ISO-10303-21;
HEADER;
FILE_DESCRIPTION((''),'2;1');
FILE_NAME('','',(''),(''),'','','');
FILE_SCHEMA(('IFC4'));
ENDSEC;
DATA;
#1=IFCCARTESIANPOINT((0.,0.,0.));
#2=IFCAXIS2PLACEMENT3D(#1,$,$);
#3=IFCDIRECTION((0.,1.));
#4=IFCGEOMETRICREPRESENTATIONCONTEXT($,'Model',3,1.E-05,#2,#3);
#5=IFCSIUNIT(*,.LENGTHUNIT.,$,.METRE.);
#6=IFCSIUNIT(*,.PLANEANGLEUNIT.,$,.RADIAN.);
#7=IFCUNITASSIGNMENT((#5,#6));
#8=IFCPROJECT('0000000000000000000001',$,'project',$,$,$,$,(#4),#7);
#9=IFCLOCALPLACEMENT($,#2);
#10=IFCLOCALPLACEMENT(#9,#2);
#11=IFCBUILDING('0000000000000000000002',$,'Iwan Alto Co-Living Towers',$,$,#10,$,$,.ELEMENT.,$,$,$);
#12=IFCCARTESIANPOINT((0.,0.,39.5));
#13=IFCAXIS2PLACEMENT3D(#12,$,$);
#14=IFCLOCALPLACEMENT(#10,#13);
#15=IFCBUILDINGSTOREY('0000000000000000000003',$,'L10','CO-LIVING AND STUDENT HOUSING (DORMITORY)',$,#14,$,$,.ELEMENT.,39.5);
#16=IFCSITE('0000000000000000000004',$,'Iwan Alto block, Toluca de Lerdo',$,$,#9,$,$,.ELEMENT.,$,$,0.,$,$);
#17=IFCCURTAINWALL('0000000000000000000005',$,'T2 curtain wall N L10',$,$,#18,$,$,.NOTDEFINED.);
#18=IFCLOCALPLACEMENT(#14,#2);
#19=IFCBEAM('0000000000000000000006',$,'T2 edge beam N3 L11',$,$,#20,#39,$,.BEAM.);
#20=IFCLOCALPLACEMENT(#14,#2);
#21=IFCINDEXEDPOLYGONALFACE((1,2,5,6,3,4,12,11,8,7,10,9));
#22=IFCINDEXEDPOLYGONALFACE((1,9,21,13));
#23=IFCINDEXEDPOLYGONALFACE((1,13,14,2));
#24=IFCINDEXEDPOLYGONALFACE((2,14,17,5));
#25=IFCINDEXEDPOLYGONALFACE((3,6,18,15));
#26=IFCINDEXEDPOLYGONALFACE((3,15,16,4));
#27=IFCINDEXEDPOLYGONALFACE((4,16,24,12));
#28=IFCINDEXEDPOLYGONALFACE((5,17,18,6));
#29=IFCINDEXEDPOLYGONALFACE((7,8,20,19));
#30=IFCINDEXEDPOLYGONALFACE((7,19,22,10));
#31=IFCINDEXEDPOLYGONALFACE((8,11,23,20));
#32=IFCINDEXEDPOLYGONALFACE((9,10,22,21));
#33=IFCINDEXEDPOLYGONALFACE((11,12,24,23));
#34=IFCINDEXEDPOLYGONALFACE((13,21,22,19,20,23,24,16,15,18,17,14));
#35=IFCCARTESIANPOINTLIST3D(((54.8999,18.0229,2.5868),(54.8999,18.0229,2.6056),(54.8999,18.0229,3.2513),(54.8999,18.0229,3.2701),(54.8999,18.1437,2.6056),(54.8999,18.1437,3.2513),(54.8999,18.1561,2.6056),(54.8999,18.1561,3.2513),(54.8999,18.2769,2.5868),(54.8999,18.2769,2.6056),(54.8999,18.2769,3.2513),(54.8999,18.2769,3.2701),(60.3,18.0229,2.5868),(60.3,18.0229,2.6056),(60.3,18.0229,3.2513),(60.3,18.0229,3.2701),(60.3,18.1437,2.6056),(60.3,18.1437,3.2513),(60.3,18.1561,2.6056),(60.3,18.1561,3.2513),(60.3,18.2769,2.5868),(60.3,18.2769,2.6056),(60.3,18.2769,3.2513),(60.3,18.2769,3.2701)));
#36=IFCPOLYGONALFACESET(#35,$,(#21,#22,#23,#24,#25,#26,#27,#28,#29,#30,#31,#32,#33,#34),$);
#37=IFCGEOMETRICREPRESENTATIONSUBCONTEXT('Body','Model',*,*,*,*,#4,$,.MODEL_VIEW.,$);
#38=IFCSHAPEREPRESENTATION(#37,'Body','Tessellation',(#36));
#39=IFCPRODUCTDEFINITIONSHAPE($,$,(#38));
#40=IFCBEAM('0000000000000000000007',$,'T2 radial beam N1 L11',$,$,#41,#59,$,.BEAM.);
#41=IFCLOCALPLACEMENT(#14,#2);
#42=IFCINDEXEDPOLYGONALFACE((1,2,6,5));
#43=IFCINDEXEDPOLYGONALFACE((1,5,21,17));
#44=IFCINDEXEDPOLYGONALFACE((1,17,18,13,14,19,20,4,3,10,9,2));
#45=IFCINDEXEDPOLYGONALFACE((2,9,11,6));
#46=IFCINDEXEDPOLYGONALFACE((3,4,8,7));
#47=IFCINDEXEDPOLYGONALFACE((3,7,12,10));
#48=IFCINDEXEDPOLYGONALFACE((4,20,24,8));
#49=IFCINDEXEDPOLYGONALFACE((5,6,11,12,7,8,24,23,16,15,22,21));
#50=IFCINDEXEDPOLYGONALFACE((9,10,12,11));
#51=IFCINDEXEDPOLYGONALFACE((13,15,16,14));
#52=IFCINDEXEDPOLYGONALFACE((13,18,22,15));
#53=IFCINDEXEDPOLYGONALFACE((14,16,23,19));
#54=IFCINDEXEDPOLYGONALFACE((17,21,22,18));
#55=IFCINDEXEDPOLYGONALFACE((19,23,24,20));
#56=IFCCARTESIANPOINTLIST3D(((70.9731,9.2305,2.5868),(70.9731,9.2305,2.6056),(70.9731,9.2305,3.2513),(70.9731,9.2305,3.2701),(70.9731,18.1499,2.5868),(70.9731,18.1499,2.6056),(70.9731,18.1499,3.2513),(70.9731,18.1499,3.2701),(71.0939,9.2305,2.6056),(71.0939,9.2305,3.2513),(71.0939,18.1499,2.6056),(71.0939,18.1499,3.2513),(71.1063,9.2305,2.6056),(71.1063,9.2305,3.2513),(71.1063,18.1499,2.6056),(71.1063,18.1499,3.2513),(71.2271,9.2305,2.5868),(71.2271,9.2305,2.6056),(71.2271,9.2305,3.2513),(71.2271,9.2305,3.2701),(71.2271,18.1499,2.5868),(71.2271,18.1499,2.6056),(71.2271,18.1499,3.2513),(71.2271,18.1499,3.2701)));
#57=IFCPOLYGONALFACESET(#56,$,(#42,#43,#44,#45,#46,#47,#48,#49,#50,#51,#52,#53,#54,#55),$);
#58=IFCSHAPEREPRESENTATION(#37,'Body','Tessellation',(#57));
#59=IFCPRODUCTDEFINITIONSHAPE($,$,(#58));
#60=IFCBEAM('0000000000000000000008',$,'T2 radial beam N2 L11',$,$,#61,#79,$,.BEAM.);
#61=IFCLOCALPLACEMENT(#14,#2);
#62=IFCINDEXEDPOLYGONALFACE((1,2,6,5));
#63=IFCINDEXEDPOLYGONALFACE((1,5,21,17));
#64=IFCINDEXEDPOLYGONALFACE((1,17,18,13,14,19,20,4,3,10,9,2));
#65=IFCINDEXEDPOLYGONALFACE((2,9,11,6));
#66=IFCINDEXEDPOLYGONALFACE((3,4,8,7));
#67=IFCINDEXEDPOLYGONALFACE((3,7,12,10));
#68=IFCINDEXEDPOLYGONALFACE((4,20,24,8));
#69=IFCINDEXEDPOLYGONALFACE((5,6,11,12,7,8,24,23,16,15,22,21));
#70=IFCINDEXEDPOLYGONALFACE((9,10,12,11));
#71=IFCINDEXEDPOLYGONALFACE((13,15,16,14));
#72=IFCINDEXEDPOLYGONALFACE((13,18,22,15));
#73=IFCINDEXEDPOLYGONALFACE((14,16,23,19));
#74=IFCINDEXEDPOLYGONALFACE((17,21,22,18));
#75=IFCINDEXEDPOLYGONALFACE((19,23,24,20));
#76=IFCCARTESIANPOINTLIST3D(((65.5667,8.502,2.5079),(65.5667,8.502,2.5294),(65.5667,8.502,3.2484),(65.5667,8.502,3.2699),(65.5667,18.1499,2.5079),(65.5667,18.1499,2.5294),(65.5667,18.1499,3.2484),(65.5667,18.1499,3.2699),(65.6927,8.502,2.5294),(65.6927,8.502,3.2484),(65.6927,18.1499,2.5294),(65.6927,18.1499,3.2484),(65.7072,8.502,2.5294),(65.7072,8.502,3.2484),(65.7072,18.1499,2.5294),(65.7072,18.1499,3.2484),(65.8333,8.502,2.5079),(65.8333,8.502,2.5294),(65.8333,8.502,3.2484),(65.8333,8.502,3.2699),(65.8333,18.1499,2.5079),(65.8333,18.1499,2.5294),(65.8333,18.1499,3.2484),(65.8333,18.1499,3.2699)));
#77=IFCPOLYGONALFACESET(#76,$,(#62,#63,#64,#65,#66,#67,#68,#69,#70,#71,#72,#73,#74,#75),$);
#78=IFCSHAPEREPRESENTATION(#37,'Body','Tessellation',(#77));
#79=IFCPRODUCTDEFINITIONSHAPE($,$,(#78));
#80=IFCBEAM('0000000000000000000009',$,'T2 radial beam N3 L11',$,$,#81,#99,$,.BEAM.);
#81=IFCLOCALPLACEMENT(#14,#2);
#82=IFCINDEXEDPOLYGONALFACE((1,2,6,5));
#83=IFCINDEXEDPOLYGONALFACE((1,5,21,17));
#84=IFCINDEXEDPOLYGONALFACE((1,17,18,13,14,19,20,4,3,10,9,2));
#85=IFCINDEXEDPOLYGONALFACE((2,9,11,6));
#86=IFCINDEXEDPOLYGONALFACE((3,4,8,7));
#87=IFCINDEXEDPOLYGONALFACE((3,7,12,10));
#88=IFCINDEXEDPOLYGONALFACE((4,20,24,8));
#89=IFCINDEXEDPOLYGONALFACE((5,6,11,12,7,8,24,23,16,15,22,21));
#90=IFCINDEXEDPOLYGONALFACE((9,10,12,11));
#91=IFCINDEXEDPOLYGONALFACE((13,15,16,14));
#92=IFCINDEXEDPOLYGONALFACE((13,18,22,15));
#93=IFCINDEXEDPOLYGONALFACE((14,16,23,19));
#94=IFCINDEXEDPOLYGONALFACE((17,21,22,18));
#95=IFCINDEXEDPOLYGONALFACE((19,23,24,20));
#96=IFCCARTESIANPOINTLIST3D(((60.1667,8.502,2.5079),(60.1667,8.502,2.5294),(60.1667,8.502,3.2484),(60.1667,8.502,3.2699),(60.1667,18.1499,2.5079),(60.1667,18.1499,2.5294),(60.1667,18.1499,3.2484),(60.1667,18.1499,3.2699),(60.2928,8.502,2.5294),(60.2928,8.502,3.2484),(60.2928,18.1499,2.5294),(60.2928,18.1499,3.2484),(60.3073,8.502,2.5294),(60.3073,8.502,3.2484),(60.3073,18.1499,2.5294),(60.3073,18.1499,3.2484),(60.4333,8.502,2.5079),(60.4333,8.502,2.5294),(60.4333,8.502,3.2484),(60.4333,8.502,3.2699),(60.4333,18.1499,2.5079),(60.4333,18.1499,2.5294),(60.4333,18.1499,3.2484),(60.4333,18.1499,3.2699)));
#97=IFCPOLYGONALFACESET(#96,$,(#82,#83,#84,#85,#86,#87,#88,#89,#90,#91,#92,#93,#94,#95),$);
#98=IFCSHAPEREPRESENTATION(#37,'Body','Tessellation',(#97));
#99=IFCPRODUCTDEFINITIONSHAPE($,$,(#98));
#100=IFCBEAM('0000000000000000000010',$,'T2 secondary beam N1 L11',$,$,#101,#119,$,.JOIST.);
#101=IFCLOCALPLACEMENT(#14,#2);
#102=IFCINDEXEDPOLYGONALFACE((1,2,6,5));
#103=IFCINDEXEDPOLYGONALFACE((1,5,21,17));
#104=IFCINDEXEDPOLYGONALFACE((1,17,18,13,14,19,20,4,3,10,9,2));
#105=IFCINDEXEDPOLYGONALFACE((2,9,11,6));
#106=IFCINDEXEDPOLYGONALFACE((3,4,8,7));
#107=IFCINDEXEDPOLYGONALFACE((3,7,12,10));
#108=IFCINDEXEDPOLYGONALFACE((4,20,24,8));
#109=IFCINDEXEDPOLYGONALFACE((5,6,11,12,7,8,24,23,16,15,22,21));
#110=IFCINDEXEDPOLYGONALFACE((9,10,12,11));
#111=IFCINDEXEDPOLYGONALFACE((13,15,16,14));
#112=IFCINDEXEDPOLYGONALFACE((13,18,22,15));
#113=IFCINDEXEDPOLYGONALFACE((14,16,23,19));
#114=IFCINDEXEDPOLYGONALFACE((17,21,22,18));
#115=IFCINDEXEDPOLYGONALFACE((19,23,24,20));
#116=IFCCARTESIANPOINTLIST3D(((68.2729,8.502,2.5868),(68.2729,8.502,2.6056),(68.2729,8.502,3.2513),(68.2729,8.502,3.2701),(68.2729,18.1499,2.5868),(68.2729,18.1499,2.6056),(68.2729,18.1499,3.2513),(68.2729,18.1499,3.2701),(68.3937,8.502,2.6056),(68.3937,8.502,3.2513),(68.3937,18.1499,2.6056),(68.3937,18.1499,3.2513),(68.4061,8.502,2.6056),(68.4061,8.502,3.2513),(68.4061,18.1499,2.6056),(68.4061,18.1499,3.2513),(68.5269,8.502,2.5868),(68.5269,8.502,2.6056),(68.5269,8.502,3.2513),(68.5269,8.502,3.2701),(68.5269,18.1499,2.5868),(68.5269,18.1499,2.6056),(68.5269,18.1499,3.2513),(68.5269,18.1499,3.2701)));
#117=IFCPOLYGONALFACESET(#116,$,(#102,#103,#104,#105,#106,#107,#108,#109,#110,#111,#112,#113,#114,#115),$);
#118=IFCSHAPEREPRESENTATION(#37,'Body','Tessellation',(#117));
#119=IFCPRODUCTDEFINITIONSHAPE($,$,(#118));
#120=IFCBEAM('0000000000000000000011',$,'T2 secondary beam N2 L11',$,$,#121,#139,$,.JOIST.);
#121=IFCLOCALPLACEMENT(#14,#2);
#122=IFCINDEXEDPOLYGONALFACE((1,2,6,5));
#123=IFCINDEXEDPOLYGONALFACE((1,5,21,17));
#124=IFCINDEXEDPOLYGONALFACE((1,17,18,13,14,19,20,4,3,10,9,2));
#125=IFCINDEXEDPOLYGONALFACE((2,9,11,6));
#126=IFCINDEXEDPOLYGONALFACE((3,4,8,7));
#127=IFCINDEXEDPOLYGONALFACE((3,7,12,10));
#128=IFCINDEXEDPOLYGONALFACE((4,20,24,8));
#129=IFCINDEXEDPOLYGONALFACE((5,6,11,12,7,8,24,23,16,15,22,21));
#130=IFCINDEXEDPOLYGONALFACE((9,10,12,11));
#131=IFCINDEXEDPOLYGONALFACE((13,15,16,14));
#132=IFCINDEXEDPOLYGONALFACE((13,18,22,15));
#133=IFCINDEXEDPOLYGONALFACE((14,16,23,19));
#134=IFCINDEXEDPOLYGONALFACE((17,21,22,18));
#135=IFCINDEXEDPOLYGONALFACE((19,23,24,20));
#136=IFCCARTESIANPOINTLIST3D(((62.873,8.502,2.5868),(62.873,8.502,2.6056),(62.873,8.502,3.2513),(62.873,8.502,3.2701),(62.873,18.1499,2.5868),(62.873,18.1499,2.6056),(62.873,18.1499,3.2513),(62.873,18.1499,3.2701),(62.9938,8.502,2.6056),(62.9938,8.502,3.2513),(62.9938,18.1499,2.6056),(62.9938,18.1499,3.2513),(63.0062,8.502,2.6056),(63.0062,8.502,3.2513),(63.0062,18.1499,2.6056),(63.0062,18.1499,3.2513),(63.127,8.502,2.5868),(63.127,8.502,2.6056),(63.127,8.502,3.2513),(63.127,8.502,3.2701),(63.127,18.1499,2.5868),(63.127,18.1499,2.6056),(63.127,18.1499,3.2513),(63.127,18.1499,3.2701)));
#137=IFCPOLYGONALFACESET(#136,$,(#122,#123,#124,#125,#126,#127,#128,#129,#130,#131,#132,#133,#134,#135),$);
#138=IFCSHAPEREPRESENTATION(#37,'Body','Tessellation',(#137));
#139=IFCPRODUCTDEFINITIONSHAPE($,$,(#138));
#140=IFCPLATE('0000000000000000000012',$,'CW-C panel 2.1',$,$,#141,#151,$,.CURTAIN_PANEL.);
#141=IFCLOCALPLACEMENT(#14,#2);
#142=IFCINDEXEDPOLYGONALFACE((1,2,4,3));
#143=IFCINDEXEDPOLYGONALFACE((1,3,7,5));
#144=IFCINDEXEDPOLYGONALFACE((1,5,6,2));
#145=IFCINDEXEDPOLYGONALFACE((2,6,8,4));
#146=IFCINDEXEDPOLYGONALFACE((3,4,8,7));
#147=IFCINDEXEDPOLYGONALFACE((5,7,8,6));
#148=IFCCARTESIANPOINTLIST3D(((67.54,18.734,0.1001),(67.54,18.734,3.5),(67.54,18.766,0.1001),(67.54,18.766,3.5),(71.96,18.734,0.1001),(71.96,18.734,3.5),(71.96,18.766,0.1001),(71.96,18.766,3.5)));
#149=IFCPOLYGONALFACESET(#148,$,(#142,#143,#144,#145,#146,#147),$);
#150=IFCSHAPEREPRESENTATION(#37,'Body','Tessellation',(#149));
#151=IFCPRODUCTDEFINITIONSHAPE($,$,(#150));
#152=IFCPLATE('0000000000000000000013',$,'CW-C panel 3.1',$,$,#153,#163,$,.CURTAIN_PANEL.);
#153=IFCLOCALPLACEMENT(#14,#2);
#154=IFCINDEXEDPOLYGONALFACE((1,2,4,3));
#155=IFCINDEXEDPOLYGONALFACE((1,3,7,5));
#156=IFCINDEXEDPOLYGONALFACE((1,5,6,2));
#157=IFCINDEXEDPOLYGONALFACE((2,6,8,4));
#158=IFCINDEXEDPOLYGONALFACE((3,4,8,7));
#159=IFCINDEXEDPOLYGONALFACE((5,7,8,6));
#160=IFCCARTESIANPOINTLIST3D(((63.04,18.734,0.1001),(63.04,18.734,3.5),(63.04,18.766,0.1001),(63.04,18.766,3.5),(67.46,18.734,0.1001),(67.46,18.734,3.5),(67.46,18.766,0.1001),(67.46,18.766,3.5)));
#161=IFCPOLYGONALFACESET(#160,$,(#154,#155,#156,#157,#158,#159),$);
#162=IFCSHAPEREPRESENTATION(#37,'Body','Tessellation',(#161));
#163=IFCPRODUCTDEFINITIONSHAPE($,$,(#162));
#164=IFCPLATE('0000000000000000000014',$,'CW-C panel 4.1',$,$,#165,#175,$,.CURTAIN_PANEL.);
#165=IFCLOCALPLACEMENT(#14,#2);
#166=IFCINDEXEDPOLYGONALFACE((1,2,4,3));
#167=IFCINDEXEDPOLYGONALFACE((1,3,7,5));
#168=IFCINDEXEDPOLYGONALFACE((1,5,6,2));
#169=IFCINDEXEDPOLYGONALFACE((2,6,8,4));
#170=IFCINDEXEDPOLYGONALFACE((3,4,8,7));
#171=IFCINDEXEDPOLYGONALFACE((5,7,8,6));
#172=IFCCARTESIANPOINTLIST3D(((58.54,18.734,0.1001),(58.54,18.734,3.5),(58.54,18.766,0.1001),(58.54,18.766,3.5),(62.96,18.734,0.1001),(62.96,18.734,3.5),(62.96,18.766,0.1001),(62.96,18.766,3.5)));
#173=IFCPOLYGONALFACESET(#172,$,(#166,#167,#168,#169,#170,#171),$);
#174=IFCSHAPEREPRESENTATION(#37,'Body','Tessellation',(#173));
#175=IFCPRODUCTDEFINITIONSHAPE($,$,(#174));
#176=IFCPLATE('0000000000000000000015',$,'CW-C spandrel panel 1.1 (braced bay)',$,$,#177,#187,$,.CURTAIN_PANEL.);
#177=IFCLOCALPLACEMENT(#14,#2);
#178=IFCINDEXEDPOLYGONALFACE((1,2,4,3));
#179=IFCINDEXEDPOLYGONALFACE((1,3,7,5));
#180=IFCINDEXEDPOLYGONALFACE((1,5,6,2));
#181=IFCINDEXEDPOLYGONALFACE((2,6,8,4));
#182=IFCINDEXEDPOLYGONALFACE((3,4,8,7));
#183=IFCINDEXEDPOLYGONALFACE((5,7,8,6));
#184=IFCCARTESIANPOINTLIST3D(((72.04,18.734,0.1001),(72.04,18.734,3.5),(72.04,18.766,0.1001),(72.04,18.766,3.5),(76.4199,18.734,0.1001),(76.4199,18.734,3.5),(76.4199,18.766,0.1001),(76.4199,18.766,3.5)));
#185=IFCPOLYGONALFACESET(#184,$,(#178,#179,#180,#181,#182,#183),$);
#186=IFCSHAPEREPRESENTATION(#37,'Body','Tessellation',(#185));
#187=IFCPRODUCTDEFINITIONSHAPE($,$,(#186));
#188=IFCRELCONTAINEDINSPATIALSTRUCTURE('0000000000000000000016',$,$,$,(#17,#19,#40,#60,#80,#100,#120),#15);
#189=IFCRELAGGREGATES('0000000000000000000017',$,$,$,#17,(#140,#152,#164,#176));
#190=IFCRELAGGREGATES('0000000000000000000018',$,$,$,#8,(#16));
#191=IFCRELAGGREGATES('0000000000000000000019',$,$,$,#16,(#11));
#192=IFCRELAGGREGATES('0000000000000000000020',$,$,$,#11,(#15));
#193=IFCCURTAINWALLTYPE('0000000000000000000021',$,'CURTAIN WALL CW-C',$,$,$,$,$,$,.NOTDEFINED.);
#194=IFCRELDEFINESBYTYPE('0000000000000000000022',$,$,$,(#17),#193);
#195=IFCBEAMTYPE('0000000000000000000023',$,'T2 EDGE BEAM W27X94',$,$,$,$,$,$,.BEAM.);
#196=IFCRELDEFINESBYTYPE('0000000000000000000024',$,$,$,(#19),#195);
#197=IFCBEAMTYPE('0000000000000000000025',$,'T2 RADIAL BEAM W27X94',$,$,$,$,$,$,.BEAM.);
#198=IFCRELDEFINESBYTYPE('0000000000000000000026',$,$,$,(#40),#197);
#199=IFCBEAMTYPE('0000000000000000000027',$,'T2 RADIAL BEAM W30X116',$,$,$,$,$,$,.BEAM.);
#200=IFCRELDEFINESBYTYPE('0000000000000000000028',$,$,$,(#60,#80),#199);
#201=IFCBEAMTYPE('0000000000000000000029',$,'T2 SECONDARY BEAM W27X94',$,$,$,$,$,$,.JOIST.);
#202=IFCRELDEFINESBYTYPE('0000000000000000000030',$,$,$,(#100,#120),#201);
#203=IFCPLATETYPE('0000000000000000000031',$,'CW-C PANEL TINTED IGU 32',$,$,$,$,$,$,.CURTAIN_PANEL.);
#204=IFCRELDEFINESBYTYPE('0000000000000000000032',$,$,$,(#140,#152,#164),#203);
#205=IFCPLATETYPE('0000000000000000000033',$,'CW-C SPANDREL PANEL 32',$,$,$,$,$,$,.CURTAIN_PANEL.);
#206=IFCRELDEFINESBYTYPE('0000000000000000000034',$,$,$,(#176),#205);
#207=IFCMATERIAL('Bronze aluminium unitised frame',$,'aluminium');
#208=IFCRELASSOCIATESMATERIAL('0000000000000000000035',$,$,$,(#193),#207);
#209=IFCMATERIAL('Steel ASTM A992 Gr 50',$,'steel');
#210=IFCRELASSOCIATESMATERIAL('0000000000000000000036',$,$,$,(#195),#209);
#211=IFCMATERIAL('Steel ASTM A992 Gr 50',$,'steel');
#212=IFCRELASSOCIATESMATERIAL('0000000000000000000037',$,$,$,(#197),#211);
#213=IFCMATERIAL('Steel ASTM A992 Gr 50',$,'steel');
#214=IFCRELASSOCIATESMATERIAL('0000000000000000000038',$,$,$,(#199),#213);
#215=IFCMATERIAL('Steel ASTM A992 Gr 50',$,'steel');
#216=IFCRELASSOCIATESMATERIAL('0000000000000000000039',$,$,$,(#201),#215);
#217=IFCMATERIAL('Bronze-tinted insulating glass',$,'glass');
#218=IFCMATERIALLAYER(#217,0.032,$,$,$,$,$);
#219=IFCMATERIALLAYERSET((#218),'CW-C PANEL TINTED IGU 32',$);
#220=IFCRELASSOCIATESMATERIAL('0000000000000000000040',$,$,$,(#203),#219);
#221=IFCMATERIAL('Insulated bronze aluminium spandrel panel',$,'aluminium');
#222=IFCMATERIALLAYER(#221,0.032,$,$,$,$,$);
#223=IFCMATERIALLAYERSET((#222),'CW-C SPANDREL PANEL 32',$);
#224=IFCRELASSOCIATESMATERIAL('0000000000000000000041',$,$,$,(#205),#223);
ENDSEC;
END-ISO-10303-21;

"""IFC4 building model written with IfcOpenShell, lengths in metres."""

from ifc_helpers import new_model, si_unit, direction, frame, origin, origin_2d, place, context, subcontext, project, spatial, rectangle, i_section, extrude, material, layer, layer_set, material_profile, profile_set, type_object, element, aggregate, save


model = new_model("IFC4")

# Units and contexts
model_context = context("Model", 3, precision=1e-05, world=origin(), true_north=direction((0.0, 1.0)))
body_context = subcontext(model_context, "Body", "Model", "MODEL_VIEW")
ifc_project = project(units=[si_unit("LENGTHUNIT", "METRE"), si_unit("PLANEANGLEUNIT", "RADIAN")], contexts=[model_context])

# Site, building, storey
site_placement = place(None, origin())
site = spatial("IfcSite", under=ifc_project, at=site_placement, Name="Iwan Alto block, Toluca de Lerdo", CompositionType="ELEMENT", RefElevation=0.0)
building_placement = place(site_placement, origin())
building = spatial("IfcBuilding", under=site, at=building_placement, Name="Iwan Alto Co-Living Towers", CompositionType="ELEMENT")
storey_placement = place(building_placement, frame((0.0, 0.0, 39.5)))
storey = spatial("IfcBuildingStorey", under=building, at=storey_placement, Name="L10", Description="CO-LIVING AND STUDENT HOUSING (DORMITORY)", CompositionType="ELEMENT", Elevation=39.5)

# Curtain wall
ifc_material_1 = material(Name="Bronze aluminium unitised frame", Category="aluminium")
curtain_wall_type = type_object("IfcCurtainWallType", Name="CURTAIN WALL CW-C", PredefinedType="NOTDEFINED", material=ifc_material_1)
curtain_wall_placement = place(storey_placement, origin())
curtain_wall = element("IfcCurtainWall", 1, at=curtain_wall_placement, inside=storey, type_object=curtain_wall_type, Name="T2 curtain wall N L10", PredefinedType="NOTDEFINED")

# Beams
ifc_material_2 = material(Name="Steel ASTM A992 Gr 50", Category="steel")
ifc_material_profile_1 = material_profile(ifc_material_2, i_section(OverallWidth=0.2539, OverallDepth=0.6833, WebThickness=0.0125, FlangeThickness=0.0188, at=origin_2d()), Name="W27X94")
ifc_profile_set_1 = profile_set([ifc_material_profile_1], Name="Steel ASTM A992 Gr 50")
beam_type_1 = type_object("IfcBeamType", Name="T2 EDGE BEAM W27X94", PredefinedType="BEAM", material=ifc_profile_set_1)
beam_1_placement = place(storey_placement, frame((60.3, 18.1499, 2.9285), z_axis=(-1.0, 0.0, 0.0), x_axis=(0.0, -1.0, 0.0)))
element("IfcBeam", 2, at=beam_1_placement, inside=storey, type_object=beam_type_1, Name="T2 edge beam N3 L11", PredefinedType="BEAM", context=body_context, shape_type="SweptSolid", body=[
    extrude(i_section(OverallWidth=0.2539, OverallDepth=0.6833, WebThickness=0.0125, FlangeThickness=0.0188, at=origin_2d()), origin(), (0.0, 0.0, 1.0), 5.4001),
])
ifc_material_3 = material(Name="Steel ASTM A992 Gr 50", Category="steel")
ifc_material_profile_2 = material_profile(ifc_material_3, i_section(OverallWidth=0.2539, OverallDepth=0.6833, WebThickness=0.0125, FlangeThickness=0.0188, at=origin_2d()), Name="W27X94")
ifc_profile_set_2 = profile_set([ifc_material_profile_2], Name="Steel ASTM A992 Gr 50")
beam_type_2 = type_object("IfcBeamType", Name="T2 RADIAL BEAM W27X94", PredefinedType="BEAM", material=ifc_profile_set_2)
beam_2_placement = place(storey_placement, frame((71.1001, 18.1499, 2.9285), z_axis=(0.0, -1.0, 0.0), x_axis=(1.0, 0.0, 0.0)))
element("IfcBeam", 3, at=beam_2_placement, inside=storey, type_object=beam_type_2, Name="T2 radial beam N1 L11", PredefinedType="BEAM", context=body_context, shape_type="SweptSolid", body=[
    extrude(i_section(OverallWidth=0.2539, OverallDepth=0.6833, WebThickness=0.0125, FlangeThickness=0.0188, at=origin_2d()), origin(), (0.0, 0.0, 1.0), 8.9194),
])
ifc_material_4 = material(Name="Steel ASTM A992 Gr 50", Category="steel")
ifc_material_profile_3 = material_profile(ifc_material_4, i_section(OverallWidth=0.2666, OverallDepth=0.762, WebThickness=0.0144, FlangeThickness=0.0215, at=origin_2d()), Name="W30X116")
ifc_profile_set_3 = profile_set([ifc_material_profile_3], Name="Steel ASTM A992 Gr 50")
beam_type_3 = type_object("IfcBeamType", Name="T2 RADIAL BEAM W30X116", PredefinedType="BEAM", material=ifc_profile_set_3)
for number, where, z_axis, x_axis, name in (
    (4, (65.7, 18.1499, 2.8889), (0.0, -1.0, 0.0), (1.0, 0.0, 0.0), "T2 radial beam N2 L11"),
    (5, (60.3, 18.1499, 2.8889), (0.0, -1.0, 0.0), (1.0, 0.0, 0.0), "T2 radial beam N3 L11"),
):
    element("IfcBeam", number, at=place(storey_placement, frame(where, z_axis=z_axis, x_axis=x_axis)), inside=storey, type_object=beam_type_3, Name=name, PredefinedType="BEAM", context=body_context, shape_type="SweptSolid", body=[
        extrude(i_section(OverallWidth=0.2666, OverallDepth=0.762, WebThickness=0.0144, FlangeThickness=0.0215, at=origin_2d()), origin(), (0.0, 0.0, 1.0), 9.6479),
    ])
ifc_material_5 = material(Name="Steel ASTM A992 Gr 50", Category="steel")
ifc_material_profile_4 = material_profile(ifc_material_5, i_section(OverallWidth=0.2539, OverallDepth=0.6833, WebThickness=0.0125, FlangeThickness=0.0188, at=origin_2d()), Name="W27X94")
ifc_profile_set_4 = profile_set([ifc_material_profile_4], Name="Steel ASTM A992 Gr 50")
beam_type_4 = type_object("IfcBeamType", Name="T2 SECONDARY BEAM W27X94", PredefinedType="JOIST", material=ifc_profile_set_4)
for number, where, z_axis, x_axis, name in (
    (6, (68.3999, 18.1499, 2.9285), (0.0, -1.0, 0.0), (1.0, 0.0, 0.0), "T2 secondary beam N1 L11"),
    (7, (63.0, 18.1499, 2.9285), (0.0, -1.0, 0.0), (1.0, 0.0, 0.0), "T2 secondary beam N2 L11"),
):
    element("IfcBeam", number, at=place(storey_placement, frame(where, z_axis=z_axis, x_axis=x_axis)), inside=storey, type_object=beam_type_4, Name=name, PredefinedType="JOIST", context=body_context, shape_type="SweptSolid", body=[
        extrude(i_section(OverallWidth=0.2539, OverallDepth=0.6833, WebThickness=0.0125, FlangeThickness=0.0188, at=origin_2d()), origin(), (0.0, 0.0, 1.0), 9.6479),
    ])

# Plates
ifc_material_6 = material(Name="Bronze-tinted insulating glass", Category="glass")
ifc_layer_1 = layer(ifc_material_6, 0.032)
ifc_layer_set_1 = layer_set([ifc_layer_1], Name="CW-C PANEL TINTED IGU 32")
plate_type_1 = type_object("IfcPlateType", Name="CW-C PANEL TINTED IGU 32", PredefinedType="CURTAIN_PANEL", material=ifc_layer_set_1)
plate_1_placement = place(storey_placement, frame((69.75, 18.75, 0.1001), z_axis=(0.0, 0.0, 1.0), x_axis=(-1.0, 0.0, 0.0)))
plate_1 = element("IfcPlate", 8, at=plate_1_placement, type_object=plate_type_1, Name="CW-C panel 2.1", PredefinedType="CURTAIN_PANEL", context=body_context, shape_type="SweptSolid", body=[
    extrude(rectangle(XDim=4.4199, YDim=0.032, at=origin_2d()), origin(), (0.0, 0.0, 1.0), 3.3999),
])
plate_2_placement = place(storey_placement, frame((65.25, 18.75, 0.1001), z_axis=(0.0, 0.0, 1.0), x_axis=(-1.0, 0.0, 0.0)))
plate_2 = element("IfcPlate", 9, at=plate_2_placement, type_object=plate_type_1, Name="CW-C panel 3.1", PredefinedType="CURTAIN_PANEL", context=body_context, shape_type="SweptSolid", body=[
    extrude(rectangle(XDim=4.4199, YDim=0.032, at=origin_2d()), origin(), (0.0, 0.0, 1.0), 3.3999),
])
plate_3_placement = place(storey_placement, frame((60.75, 18.75, 0.1001), z_axis=(0.0, 0.0, 1.0), x_axis=(-1.0, 0.0, 0.0)))
plate_3 = element("IfcPlate", 10, at=plate_3_placement, type_object=plate_type_1, Name="CW-C panel 4.1", PredefinedType="CURTAIN_PANEL", context=body_context, shape_type="SweptSolid", body=[
    extrude(rectangle(XDim=4.4199, YDim=0.032, at=origin_2d()), origin(), (0.0, 0.0, 1.0), 3.3999),
])
ifc_material_7 = material(Name="Insulated bronze aluminium spandrel panel", Category="aluminium")
ifc_layer_2 = layer(ifc_material_7, 0.032)
ifc_layer_set_2 = layer_set([ifc_layer_2], Name="CW-C SPANDREL PANEL 32")
plate_type_2 = type_object("IfcPlateType", Name="CW-C SPANDREL PANEL 32", PredefinedType="CURTAIN_PANEL", material=ifc_layer_set_2)
plate_4_placement = place(storey_placement, frame((74.23, 18.75, 0.1001), z_axis=(0.0, 0.0, 1.0), x_axis=(-1.0, 0.0, 0.0)))
plate_4 = element("IfcPlate", 11, at=plate_4_placement, type_object=plate_type_2, Name="CW-C spandrel panel 1.1 (braced bay)", PredefinedType="CURTAIN_PANEL", context=body_context, shape_type="SweptSolid", body=[
    extrude(rectangle(XDim=4.3799, YDim=0.032, at=origin_2d()), origin(), (0.0, 0.0, 1.0), 3.3999),
])
aggregate(curtain_wall, [plate_1, plate_2, plate_3, plate_4])

save(model, "model.ifc")
